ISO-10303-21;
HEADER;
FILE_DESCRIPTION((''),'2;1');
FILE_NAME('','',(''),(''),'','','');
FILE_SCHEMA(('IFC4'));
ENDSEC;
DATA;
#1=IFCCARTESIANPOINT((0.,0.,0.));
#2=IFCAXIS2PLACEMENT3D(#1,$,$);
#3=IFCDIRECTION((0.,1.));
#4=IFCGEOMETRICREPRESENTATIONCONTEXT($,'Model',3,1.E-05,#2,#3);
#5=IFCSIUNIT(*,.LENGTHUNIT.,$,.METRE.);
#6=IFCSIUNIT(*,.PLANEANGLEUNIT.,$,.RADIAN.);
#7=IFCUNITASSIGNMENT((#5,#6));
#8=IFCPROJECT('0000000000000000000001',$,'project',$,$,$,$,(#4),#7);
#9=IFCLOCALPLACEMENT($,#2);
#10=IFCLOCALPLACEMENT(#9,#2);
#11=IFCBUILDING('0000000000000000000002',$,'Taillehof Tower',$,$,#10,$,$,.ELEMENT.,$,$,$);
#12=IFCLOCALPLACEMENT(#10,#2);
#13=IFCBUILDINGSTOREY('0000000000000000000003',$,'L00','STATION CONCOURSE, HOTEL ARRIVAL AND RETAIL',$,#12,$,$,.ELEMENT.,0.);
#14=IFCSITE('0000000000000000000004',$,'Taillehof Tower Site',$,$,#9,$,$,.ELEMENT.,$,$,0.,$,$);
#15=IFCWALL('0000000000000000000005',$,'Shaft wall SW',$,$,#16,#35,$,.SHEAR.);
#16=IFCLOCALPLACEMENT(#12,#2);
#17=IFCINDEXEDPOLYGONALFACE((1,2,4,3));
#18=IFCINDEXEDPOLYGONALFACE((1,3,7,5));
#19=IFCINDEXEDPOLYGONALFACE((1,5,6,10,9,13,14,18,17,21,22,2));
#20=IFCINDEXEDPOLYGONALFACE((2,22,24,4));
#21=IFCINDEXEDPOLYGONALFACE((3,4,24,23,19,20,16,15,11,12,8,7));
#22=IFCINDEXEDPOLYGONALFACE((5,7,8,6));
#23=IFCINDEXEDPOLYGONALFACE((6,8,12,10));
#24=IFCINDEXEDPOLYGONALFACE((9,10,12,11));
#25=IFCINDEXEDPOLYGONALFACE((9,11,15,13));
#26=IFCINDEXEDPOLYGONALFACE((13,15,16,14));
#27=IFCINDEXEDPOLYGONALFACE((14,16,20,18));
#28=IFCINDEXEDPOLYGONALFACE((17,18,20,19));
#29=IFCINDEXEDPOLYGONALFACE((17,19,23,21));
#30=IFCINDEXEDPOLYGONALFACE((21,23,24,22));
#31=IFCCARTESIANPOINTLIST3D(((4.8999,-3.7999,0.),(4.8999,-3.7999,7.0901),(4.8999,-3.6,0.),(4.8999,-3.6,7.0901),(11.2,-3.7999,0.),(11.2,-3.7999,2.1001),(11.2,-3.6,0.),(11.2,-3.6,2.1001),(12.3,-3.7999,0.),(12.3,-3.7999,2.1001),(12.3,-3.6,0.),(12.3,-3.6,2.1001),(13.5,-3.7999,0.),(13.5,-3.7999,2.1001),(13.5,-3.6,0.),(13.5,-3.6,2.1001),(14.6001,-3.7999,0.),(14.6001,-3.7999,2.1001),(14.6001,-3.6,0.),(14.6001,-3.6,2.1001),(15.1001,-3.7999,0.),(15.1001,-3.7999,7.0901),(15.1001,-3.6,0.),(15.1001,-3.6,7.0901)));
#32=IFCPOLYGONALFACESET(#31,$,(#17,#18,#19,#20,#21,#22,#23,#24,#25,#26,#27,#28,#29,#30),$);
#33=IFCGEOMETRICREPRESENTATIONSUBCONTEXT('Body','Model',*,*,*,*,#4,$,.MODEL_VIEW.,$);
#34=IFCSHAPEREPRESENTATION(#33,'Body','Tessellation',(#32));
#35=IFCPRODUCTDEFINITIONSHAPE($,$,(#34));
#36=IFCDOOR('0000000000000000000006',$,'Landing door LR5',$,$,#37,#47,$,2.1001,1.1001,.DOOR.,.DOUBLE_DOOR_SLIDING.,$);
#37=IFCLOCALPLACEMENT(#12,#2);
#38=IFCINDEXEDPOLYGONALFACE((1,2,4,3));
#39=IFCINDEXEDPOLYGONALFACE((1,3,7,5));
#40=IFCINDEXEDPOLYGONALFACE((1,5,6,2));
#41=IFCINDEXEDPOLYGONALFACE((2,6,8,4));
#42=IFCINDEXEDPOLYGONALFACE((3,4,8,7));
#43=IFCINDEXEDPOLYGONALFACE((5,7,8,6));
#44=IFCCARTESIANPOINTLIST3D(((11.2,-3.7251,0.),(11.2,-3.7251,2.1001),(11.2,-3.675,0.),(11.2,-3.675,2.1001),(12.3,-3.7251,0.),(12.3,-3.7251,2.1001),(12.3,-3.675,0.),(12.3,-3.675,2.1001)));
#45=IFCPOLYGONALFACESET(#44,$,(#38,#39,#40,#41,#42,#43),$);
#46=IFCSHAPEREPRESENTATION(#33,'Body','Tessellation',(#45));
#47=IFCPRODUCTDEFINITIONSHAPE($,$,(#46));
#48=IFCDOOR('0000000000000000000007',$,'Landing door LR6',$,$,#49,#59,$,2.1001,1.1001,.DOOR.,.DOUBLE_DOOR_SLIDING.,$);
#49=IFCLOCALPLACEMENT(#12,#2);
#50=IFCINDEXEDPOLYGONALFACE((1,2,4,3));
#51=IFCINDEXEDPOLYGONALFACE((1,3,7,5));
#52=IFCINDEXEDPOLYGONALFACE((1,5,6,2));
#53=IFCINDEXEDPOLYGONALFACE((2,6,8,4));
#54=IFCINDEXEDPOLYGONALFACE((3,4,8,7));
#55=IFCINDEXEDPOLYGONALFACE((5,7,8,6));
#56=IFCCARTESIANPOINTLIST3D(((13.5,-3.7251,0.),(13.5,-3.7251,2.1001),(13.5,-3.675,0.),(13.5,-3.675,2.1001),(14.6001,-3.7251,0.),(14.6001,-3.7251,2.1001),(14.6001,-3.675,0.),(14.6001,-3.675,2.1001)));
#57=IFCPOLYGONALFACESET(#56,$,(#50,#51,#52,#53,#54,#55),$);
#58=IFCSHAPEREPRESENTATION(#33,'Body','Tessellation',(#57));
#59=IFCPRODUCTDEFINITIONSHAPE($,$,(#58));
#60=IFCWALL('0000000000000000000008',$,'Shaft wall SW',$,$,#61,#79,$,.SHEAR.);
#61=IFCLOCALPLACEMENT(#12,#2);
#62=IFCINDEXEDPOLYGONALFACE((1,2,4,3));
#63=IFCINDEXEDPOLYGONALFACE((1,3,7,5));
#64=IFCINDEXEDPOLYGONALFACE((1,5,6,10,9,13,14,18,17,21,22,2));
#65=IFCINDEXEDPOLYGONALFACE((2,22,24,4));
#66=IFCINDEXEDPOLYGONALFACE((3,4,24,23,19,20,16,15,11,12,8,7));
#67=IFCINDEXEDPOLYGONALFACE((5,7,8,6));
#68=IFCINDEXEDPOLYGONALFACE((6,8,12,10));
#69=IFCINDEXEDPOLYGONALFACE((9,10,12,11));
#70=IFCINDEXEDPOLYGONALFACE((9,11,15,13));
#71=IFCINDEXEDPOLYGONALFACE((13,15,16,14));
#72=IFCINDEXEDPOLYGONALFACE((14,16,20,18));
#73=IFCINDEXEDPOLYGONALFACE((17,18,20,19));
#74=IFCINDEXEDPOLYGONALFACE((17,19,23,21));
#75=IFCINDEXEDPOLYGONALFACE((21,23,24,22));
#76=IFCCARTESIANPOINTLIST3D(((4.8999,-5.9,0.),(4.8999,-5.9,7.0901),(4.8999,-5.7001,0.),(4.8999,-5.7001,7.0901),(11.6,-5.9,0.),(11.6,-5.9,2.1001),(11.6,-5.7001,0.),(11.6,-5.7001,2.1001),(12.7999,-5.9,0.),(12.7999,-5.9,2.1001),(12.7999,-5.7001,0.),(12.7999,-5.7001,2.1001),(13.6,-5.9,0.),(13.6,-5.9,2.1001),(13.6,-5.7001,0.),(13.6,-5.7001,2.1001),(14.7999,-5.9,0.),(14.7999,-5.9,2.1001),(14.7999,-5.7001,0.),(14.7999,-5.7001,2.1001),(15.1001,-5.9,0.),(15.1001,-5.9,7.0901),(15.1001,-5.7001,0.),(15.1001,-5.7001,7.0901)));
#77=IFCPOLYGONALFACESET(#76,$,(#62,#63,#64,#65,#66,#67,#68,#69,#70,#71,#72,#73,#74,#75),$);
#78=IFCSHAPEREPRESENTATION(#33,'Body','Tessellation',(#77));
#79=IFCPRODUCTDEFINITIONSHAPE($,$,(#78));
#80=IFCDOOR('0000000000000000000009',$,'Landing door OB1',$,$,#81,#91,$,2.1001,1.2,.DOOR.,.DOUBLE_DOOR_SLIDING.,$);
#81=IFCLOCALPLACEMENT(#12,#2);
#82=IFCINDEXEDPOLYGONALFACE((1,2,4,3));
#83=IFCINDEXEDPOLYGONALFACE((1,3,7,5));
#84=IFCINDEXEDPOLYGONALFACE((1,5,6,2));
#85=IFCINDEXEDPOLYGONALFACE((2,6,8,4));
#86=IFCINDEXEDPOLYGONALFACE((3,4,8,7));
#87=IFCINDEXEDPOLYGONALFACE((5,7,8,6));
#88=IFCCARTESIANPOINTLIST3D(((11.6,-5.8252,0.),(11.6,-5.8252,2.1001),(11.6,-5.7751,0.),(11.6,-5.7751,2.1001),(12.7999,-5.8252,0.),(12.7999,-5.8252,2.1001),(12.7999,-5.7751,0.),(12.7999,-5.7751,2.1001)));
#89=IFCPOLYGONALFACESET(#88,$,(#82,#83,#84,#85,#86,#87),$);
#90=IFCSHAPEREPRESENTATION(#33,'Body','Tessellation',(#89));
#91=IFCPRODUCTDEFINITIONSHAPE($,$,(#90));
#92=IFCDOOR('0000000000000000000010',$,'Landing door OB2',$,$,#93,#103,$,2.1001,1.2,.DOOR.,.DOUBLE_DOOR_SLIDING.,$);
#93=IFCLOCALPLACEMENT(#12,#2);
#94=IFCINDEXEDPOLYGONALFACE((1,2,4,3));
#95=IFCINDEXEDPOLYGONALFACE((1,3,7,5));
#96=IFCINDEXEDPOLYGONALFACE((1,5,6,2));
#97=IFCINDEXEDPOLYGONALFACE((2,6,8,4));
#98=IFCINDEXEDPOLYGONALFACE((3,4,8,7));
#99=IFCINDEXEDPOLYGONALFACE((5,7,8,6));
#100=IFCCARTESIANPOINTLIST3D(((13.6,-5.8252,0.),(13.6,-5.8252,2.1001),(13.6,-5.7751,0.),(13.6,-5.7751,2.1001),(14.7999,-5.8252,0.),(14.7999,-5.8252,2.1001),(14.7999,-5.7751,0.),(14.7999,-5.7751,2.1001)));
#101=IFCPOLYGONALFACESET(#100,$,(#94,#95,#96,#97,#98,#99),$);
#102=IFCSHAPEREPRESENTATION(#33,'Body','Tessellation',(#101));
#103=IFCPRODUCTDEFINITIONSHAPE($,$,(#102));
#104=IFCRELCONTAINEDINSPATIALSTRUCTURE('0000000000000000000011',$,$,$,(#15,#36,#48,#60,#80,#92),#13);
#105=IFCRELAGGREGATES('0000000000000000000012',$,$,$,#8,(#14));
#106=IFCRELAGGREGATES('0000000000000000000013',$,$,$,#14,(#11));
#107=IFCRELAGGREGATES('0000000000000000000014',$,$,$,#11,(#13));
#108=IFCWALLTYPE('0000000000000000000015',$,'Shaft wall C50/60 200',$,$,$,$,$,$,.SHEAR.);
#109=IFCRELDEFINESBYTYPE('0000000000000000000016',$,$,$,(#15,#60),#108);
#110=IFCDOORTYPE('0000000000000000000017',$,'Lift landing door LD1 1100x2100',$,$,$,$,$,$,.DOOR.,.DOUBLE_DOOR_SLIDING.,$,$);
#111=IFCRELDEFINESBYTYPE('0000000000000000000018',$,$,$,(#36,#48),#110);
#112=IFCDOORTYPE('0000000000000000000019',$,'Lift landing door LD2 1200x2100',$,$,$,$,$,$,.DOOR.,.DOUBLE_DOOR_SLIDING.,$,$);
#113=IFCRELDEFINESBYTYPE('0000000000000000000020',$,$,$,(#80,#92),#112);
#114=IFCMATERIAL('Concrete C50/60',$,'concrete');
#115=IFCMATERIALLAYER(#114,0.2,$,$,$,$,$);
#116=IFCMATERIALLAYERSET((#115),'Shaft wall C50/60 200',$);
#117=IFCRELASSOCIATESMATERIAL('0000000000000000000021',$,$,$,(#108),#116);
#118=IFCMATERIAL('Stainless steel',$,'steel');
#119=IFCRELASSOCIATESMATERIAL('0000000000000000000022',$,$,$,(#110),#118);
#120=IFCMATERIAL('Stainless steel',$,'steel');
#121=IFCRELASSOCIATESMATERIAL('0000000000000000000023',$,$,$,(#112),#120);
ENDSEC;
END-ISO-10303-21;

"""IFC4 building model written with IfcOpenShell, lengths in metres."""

from ifc_helpers import new_model, si_unit, direction, frame, frame_2d, origin, place, context, subcontext, project, spatial, rectangle, extrude, material, layer, layer_set, type_object, element, fill, save


model = new_model("IFC4")

# Units and contexts
model_context = context("Model", 3, precision=1e-05, world=origin(), true_north=direction((0.0, 1.0)))
body_context = subcontext(model_context, "Body", "Model", "MODEL_VIEW")
ifc_project = project(units=[si_unit("LENGTHUNIT", "METRE"), si_unit("PLANEANGLEUNIT", "RADIAN")], contexts=[model_context])

# Site, building, storey
site_placement = place(None, origin())
site = spatial("IfcSite", under=ifc_project, at=site_placement, Name="Taillehof Tower Site", CompositionType="ELEMENT", RefElevation=0.0)
building_placement = place(site_placement, origin())
building = spatial("IfcBuilding", under=site, at=building_placement, Name="Taillehof Tower", CompositionType="ELEMENT")
storey_placement = place(building_placement, origin())
storey = spatial("IfcBuildingStorey", under=building, at=storey_placement, Name="L00", Description="STATION CONCOURSE, HOTEL ARRIVAL AND RETAIL", CompositionType="ELEMENT", Elevation=0.0)

# Shared definitions
ifc_material_1 = material(Name="Concrete C50/60", Category="concrete")
ifc_layer_1 = layer(ifc_material_1, 0.2)
ifc_layer_set_1 = layer_set([ifc_layer_1], Name="Shaft wall C50/60 200")
wall_type_1 = type_object("IfcWallType", Name="Shaft wall C50/60 200", PredefinedType="SHEAR", material=ifc_layer_set_1)

# Walls, openings, doors
wall_1_placement = place(storey_placement, frame((4.8999, -3.7, 0.0), z_axis=(0.0, 0.0, 1.0), x_axis=(1.0, 0.0, 0.0)))
wall_1 = element("IfcWall", 1, at=wall_1_placement, inside=storey, type_object=wall_type_1, Name="Shaft wall SW", PredefinedType="SHEAR", context=body_context, shape_type="SweptSolid", body=[
    extrude(rectangle(XDim=10.2002, YDim=0.2, at=frame_2d((5.1001, 0.0))), origin(), (0.0, 0.0, 1.0), 7.0901),
])
opening_1_placement = place(wall_1_placement, frame((6.3, 0.0, 0.0)))
opening_1 = element("IfcOpeningElement", 2, at=opening_1_placement, cuts=wall_1, PredefinedType="OPENING", context=body_context, shape_type="SweptSolid", body=[
    extrude(rectangle(XDim=1.1001, YDim=2.1001, at=frame_2d((0.55, 1.05))), frame((0.0, 0.1099, 0.0), z_axis=(0.0, -1.0, 0.0), x_axis=(1.0, 0.0, 0.0)), (0.0, 0.0, 1.0), 0.22),
])
opening_2_placement = place(wall_1_placement, frame((8.6001, 0.0, 0.0)))
opening_2 = element("IfcOpeningElement", 3, at=opening_2_placement, cuts=wall_1, PredefinedType="OPENING", context=body_context, shape_type="SweptSolid", body=[
    extrude(rectangle(XDim=1.1001, YDim=2.1001, at=frame_2d((0.55, 1.05))), frame((0.0, 0.1099, 0.0), z_axis=(0.0, -1.0, 0.0), x_axis=(1.0, 0.0, 0.0)), (0.0, 0.0, 1.0), 0.22),
])
ifc_material_2 = material(Name="Stainless steel", Category="steel")
door_type_1 = type_object("IfcDoorType", Name="Lift landing door LD1 1100x2100", OperationType="DOUBLE_DOOR_SLIDING", PredefinedType="DOOR", material=ifc_material_2)
door_1_placement = place(opening_1_placement, origin())
door_1 = element("IfcDoor", 4, at=door_1_placement, inside=storey, type_object=door_type_1, Name="Landing door LR5", OperationType="DOUBLE_DOOR_SLIDING", OverallHeight=2.1001, OverallWidth=1.1001, PredefinedType="DOOR", context=body_context, shape_type="SweptSolid", body=[
    extrude(rectangle(XDim=1.1001, YDim=2.1001, at=frame_2d((0.55, 1.05))), frame((0.0, 0.0249, 0.0), z_axis=(0.0, -1.0, 0.0), x_axis=(1.0, 0.0, 0.0)), (0.0, 0.0, 1.0), 0.05),
])
fill(opening_1, door_1)
door_2_placement = place(opening_2_placement, origin())
door_2 = element("IfcDoor", 5, at=door_2_placement, inside=storey, type_object=door_type_1, Name="Landing door LR6", OperationType="DOUBLE_DOOR_SLIDING", OverallHeight=2.1001, OverallWidth=1.1001, PredefinedType="DOOR", context=body_context, shape_type="SweptSolid", body=[
    extrude(rectangle(XDim=1.1001, YDim=2.1001, at=frame_2d((0.55, 1.05))), frame((0.0, 0.0249, 0.0), z_axis=(0.0, -1.0, 0.0), x_axis=(1.0, 0.0, 0.0)), (0.0, 0.0, 1.0), 0.05),
])
fill(opening_2, door_2)
wall_2_placement = place(storey_placement, frame((4.8999, -5.8, 0.0), z_axis=(0.0, 0.0, 1.0), x_axis=(1.0, 0.0, 0.0)))
wall_2 = element("IfcWall", 6, at=wall_2_placement, inside=storey, type_object=wall_type_1, Name="Shaft wall SW", PredefinedType="SHEAR", context=body_context, shape_type="SweptSolid", body=[
    extrude(rectangle(XDim=10.2002, YDim=0.2, at=frame_2d((5.1001, 0.0))), origin(), (0.0, 0.0, 1.0), 7.0901),
])
opening_3_placement = place(wall_2_placement, frame((6.7, 0.0, 0.0)))
opening_3 = element("IfcOpeningElement", 7, at=opening_3_placement, cuts=wall_2, PredefinedType="OPENING", context=body_context, shape_type="SweptSolid", body=[
    extrude(rectangle(XDim=1.2, YDim=2.1001, at=frame_2d((0.6001, 1.05))), frame((0.0, 0.1099, 0.0), z_axis=(0.0, -1.0, 0.0), x_axis=(1.0, 0.0, 0.0)), (0.0, 0.0, 1.0), 0.22),
])
opening_4_placement = place(wall_2_placement, frame((8.7, 0.0, 0.0)))
opening_4 = element("IfcOpeningElement", 8, at=opening_4_placement, cuts=wall_2, PredefinedType="OPENING", context=body_context, shape_type="SweptSolid", body=[
    extrude(rectangle(XDim=1.2, YDim=2.1001, at=frame_2d((0.6001, 1.05))), frame((0.0, 0.1099, 0.0), z_axis=(0.0, -1.0, 0.0), x_axis=(1.0, 0.0, 0.0)), (0.0, 0.0, 1.0), 0.22),
])
ifc_material_3 = material(Name="Stainless steel", Category="steel")
door_type_2 = type_object("IfcDoorType", Name="Lift landing door LD2 1200x2100", OperationType="DOUBLE_DOOR_SLIDING", PredefinedType="DOOR", material=ifc_material_3)
door_3_placement = place(opening_3_placement, origin())
door_3 = element("IfcDoor", 9, at=door_3_placement, inside=storey, type_object=door_type_2, Name="Landing door OB1", OperationType="DOUBLE_DOOR_SLIDING", OverallHeight=2.1001, OverallWidth=1.2, PredefinedType="DOOR", context=body_context, shape_type="SweptSolid", body=[
    extrude(rectangle(XDim=1.2, YDim=2.1001, at=frame_2d((0.6001, 1.05))), frame((0.0, 0.0249, 0.0), z_axis=(0.0, -1.0, 0.0), x_axis=(1.0, 0.0, 0.0)), (0.0, 0.0, 1.0), 0.05),
])
fill(opening_3, door_3)
door_4_placement = place(opening_4_placement, origin())
door_4 = element("IfcDoor", 10, at=door_4_placement, inside=storey, type_object=door_type_2, Name="Landing door OB2", OperationType="DOUBLE_DOOR_SLIDING", OverallHeight=2.1001, OverallWidth=1.2, PredefinedType="DOOR", context=body_context, shape_type="SweptSolid", body=[
    extrude(rectangle(XDim=1.2, YDim=2.1001, at=frame_2d((0.6001, 1.05))), frame((0.0, 0.0249, 0.0), z_axis=(0.0, -1.0, 0.0), x_axis=(1.0, 0.0, 0.0)), (0.0, 0.0, 1.0), 0.05),
])
fill(opening_4, door_4)

save(model, "model.ifc")
